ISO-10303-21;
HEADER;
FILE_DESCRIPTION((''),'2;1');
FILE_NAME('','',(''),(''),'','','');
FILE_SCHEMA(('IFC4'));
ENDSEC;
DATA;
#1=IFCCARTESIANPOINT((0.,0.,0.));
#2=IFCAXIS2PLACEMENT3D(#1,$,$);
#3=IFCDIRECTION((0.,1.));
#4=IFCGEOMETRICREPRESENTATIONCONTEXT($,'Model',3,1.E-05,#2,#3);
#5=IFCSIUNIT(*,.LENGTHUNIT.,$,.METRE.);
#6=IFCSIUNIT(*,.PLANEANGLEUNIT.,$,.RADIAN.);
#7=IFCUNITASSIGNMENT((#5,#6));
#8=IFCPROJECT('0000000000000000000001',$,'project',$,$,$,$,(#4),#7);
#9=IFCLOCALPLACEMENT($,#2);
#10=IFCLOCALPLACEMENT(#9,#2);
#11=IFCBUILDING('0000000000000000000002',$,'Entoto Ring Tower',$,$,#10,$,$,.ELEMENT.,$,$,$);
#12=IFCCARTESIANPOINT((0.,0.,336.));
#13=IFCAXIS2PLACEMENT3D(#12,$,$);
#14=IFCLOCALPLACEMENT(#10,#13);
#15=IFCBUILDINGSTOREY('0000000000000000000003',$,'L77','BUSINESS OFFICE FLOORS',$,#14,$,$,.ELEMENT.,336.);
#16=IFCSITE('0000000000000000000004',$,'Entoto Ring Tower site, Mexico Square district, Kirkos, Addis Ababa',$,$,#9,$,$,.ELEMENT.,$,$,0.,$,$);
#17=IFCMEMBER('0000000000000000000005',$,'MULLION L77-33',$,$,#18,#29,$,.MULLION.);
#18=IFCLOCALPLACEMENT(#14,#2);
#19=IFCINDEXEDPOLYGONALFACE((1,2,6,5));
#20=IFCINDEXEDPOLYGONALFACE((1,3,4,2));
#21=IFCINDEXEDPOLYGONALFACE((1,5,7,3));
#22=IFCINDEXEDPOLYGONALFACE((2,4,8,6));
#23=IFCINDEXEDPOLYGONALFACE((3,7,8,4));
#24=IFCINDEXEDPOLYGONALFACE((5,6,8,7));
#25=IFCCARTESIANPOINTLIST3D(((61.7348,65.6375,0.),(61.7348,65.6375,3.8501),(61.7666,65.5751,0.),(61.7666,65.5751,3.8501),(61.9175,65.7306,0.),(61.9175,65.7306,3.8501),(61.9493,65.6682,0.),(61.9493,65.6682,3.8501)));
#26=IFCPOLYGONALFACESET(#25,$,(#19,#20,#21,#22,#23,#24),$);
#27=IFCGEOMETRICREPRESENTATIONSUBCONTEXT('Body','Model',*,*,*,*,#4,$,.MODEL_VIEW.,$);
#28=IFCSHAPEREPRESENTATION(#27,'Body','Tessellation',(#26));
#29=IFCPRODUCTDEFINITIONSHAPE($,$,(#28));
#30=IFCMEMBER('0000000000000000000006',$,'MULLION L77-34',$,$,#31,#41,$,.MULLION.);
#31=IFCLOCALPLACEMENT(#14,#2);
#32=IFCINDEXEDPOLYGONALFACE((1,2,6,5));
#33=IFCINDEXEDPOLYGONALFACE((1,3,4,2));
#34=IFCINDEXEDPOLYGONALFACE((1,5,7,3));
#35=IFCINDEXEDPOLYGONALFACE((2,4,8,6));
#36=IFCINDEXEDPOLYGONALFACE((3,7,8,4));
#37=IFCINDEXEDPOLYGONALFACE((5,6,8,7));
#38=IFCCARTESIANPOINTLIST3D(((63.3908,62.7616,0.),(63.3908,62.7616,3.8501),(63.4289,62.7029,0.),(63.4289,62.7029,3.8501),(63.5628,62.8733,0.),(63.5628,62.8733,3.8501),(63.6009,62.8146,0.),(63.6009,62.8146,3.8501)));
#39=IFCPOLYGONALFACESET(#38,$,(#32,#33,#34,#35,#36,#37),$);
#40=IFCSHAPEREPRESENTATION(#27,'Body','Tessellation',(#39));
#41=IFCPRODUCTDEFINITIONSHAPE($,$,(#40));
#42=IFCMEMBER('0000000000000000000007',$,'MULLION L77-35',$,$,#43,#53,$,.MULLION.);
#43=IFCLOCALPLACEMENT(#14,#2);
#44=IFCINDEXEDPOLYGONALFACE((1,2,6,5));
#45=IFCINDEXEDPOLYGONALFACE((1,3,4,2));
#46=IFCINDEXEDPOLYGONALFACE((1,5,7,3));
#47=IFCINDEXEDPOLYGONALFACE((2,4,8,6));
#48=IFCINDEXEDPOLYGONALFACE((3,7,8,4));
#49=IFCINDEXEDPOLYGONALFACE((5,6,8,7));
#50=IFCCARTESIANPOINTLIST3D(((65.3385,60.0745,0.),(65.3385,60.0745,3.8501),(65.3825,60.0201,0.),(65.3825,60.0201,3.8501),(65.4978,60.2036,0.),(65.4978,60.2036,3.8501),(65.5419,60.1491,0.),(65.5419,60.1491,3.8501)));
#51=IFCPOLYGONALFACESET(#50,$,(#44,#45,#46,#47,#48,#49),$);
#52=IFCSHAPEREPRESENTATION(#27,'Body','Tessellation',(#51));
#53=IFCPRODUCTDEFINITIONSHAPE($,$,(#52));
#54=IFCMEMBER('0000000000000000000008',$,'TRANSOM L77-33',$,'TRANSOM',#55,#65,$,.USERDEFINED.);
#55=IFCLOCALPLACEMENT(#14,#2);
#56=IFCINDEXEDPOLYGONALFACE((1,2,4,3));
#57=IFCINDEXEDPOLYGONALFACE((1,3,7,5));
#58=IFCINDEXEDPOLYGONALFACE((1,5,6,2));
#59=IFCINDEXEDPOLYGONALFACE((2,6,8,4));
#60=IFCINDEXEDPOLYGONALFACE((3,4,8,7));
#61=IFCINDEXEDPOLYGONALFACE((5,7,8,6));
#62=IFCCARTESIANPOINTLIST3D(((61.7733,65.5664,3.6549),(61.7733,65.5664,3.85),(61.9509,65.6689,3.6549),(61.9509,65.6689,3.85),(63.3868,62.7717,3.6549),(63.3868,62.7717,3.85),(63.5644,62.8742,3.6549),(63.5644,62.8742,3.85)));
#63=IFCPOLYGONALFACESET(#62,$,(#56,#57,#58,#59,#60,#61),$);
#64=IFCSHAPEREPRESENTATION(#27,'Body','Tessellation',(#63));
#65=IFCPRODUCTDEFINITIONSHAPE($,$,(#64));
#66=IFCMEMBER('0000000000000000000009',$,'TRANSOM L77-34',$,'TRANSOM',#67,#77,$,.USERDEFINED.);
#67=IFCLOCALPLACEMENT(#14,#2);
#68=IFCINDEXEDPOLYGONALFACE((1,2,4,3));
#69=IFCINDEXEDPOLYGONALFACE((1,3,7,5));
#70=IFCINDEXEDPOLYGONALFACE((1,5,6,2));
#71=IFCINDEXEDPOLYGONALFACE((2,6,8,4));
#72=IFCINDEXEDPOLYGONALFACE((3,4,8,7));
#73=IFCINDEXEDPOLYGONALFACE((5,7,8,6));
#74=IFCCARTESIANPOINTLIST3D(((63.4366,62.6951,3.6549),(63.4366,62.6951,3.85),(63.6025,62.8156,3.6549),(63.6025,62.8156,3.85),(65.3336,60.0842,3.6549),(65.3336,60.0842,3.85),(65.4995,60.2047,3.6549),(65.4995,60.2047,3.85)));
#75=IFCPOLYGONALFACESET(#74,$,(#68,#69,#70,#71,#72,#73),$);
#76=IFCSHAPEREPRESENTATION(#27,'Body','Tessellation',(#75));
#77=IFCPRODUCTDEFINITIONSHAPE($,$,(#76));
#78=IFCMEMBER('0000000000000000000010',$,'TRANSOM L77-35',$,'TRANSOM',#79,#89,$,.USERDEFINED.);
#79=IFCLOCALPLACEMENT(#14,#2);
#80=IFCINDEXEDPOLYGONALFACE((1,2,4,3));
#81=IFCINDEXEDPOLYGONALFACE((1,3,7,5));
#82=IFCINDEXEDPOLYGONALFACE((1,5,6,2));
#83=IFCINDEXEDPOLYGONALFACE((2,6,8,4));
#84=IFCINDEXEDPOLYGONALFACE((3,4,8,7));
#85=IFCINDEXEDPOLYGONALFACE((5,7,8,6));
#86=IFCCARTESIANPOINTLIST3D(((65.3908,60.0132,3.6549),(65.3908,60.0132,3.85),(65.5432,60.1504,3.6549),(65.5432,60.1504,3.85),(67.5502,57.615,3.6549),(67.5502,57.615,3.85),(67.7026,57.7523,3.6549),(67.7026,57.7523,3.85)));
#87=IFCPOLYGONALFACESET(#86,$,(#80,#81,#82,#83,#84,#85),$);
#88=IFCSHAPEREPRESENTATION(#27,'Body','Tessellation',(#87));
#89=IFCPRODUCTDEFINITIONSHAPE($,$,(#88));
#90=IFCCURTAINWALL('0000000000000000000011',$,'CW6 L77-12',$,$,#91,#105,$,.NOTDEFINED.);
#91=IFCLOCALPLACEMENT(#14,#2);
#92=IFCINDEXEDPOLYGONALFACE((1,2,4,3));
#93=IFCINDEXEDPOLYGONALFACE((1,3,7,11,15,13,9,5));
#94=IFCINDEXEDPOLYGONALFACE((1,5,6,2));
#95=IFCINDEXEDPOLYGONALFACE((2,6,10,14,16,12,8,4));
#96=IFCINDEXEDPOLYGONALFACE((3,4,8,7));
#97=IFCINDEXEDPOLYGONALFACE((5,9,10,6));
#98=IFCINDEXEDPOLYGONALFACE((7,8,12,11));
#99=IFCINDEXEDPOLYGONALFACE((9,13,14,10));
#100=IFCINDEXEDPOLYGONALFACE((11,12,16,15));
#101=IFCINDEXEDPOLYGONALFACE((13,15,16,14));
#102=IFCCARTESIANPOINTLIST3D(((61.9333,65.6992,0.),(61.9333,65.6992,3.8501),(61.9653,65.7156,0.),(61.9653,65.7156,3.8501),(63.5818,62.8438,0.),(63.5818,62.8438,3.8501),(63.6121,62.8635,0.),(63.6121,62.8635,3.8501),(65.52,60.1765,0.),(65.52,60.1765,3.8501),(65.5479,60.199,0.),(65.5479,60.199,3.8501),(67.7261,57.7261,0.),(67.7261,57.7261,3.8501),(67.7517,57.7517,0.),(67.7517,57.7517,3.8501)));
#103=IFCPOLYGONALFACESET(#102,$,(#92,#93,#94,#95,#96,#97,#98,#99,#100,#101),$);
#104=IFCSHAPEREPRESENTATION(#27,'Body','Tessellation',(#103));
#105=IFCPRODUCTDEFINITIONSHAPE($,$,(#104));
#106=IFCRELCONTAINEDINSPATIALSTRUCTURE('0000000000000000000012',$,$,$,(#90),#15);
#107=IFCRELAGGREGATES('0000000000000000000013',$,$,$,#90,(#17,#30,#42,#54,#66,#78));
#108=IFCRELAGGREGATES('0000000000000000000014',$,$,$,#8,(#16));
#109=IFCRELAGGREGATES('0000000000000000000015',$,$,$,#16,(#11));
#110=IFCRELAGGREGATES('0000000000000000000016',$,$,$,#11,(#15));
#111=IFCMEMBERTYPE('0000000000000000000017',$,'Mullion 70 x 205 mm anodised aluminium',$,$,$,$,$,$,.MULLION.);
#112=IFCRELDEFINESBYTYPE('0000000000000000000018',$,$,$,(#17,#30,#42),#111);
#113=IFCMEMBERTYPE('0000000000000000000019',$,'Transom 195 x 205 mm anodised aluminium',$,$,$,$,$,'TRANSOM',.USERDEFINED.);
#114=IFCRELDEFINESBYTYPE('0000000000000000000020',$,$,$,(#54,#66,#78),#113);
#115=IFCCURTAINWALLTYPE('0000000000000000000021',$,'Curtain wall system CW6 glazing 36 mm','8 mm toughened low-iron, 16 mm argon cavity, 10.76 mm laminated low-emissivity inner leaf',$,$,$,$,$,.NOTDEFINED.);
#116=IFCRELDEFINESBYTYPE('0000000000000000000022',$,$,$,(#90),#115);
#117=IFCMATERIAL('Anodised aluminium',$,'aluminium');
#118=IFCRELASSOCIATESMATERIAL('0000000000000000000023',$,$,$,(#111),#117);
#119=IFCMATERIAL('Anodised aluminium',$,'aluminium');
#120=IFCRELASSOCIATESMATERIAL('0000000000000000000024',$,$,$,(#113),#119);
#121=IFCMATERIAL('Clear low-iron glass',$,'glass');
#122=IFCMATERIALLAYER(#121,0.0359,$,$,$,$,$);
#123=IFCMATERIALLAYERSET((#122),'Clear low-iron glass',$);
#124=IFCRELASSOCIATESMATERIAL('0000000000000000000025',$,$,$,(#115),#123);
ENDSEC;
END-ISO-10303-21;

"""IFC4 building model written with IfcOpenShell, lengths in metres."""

from ifc_helpers import new_model, si_unit, direction, frame, origin, origin_2d, place, context, subcontext, project, spatial, polyline, rectangle, outline, extrude, material, layer, layer_set, material_profile, profile_set, type_object, element, aggregate, save


model = new_model("IFC4")

# Units and contexts
model_context = context("Model", 3, precision=1e-05, world=origin(), true_north=direction((0.0, 1.0)))
body_context = subcontext(model_context, "Body", "Model", "MODEL_VIEW")
ifc_project = project(units=[si_unit("LENGTHUNIT", "METRE"), si_unit("PLANEANGLEUNIT", "RADIAN")], contexts=[model_context])

# Members
ifc_material_1 = material(Name="Anodised aluminium", Category="aluminium")
ifc_material_profile_1 = material_profile(ifc_material_1, rectangle(XDim=0.0701, YDim=0.2051, at=origin_2d()), Name="Mullion 70 x 205 mm anodised aluminium")
ifc_profile_set_1 = profile_set([ifc_material_profile_1], Name="Anodised aluminium")
member_type_1 = type_object("IfcMemberType", Name="Mullion 70 x 205 mm anodised aluminium", PredefinedType="MULLION", material=ifc_profile_set_1)
site_placement = place(None, origin())
building_placement = place(site_placement, origin())
storey_placement = place(building_placement, frame((0.0, 0.0, 336.0)))
member_1_placement = place(storey_placement, frame((61.842, 65.6528, 0.0), z_axis=(0.0, 0.0, 1.0), x_axis=(0.45399, -0.891007, 0.0)))
member_1 = element("IfcMember", 1, at=member_1_placement, type_object=member_type_1, Name="MULLION L77-33", PredefinedType="MULLION", context=body_context, shape_type="SweptSolid", body=[
    extrude(rectangle(XDim=0.0701, YDim=0.2051, at=origin_2d()), origin(), (0.0, 0.0, 1.0), 3.8501),
])
member_2_placement = place(storey_placement, frame((63.4958, 62.7881, 0.0), z_axis=(0.0, 0.0, 1.0), x_axis=(0.544639, -0.838671, 0.0)))
member_2 = element("IfcMember", 2, at=member_2_placement, type_object=member_type_1, Name="MULLION L77-34", PredefinedType="MULLION", context=body_context, shape_type="SweptSolid", body=[
    extrude(rectangle(XDim=0.0701, YDim=0.2051, at=origin_2d()), origin(), (0.0, 0.0, 1.0), 3.8501),
])
member_3_placement = place(storey_placement, frame((65.4402, 60.1118, 0.0), z_axis=(0.0, 0.0, 1.0), x_axis=(0.62932, -0.777146, 0.0)))
member_3 = element("IfcMember", 3, at=member_3_placement, type_object=member_type_1, Name="MULLION L77-35", PredefinedType="MULLION", context=body_context, shape_type="SweptSolid", body=[
    extrude(rectangle(XDim=0.0701, YDim=0.2051, at=origin_2d()), origin(), (0.0, 0.0, 1.0), 3.8501),
])
ifc_material_2 = material(Name="Anodised aluminium", Category="aluminium")
ifc_material_profile_2 = material_profile(ifc_material_2, rectangle(XDim=0.2051, YDim=0.1951, at=origin_2d()), Name="Transom 195 x 205 mm anodised aluminium")
ifc_profile_set_2 = profile_set([ifc_material_profile_2], Name="Anodised aluminium")
member_type_2 = type_object("IfcMemberType", Name="Transom 195 x 205 mm anodised aluminium", ElementType="TRANSOM", PredefinedType="USERDEFINED", material=ifc_profile_set_2)
member_4_placement = place(storey_placement, frame((61.8621, 65.6177, 3.7524), z_axis=(0.500004, -0.866023, 0.0), x_axis=(0.866023, 0.500004, 0.0)))
member_4 = element("IfcMember", 4, at=member_4_placement, type_object=member_type_2, Name="TRANSOM L77-33", ObjectType="TRANSOM", PredefinedType="USERDEFINED", context=body_context, shape_type="SweptSolid", body=[
    extrude(rectangle(XDim=0.2051, YDim=0.1951, at=origin_2d()), origin(), (0.0, 0.0, 1.0), 3.2271),
])
member_5_placement = place(storey_placement, frame((63.5195, 62.7554, 3.7524), z_axis=(0.587803, -0.809004, 0.0), x_axis=(0.809004, 0.587803, 0.0)))
member_5 = element("IfcMember", 5, at=member_5_placement, type_object=member_type_2, Name="TRANSOM L77-34", ObjectType="TRANSOM", PredefinedType="USERDEFINED", context=body_context, shape_type="SweptSolid", body=[
    extrude(rectangle(XDim=0.2051, YDim=0.1951, at=origin_2d()), origin(), (0.0, 0.0, 1.0), 3.2273),
])
member_6_placement = place(storey_placement, frame((65.467, 60.0818, 3.7524), z_axis=(0.669144, -0.743132, 0.0), x_axis=(0.743132, 0.669144, 0.0)))
member_6 = element("IfcMember", 6, at=member_6_placement, type_object=member_type_2, Name="TRANSOM L77-35", ObjectType="TRANSOM", PredefinedType="USERDEFINED", context=body_context, shape_type="SweptSolid", body=[
    extrude(rectangle(XDim=0.2051, YDim=0.1951, at=origin_2d()), origin(), (0.0, 0.0, 1.0), 3.2271),
])

# Site, building, storey
site = spatial("IfcSite", under=ifc_project, at=site_placement, Name="Entoto Ring Tower site, Mexico Square district, Kirkos, Addis Ababa", CompositionType="ELEMENT", RefElevation=0.0)
building = spatial("IfcBuilding", under=site, at=building_placement, Name="Entoto Ring Tower", CompositionType="ELEMENT")
storey = spatial("IfcBuildingStorey", under=building, at=storey_placement, Name="L77", Description="BUSINESS OFFICE FLOORS", CompositionType="ELEMENT", Elevation=336.0)

# Curtain wall
ifc_material_3 = material(Name="Clear low-iron glass", Category="glass")
ifc_layer = layer(ifc_material_3, 0.0359)
ifc_layer_set = layer_set([ifc_layer], Name="Clear low-iron glass")
curtain_wall_type = type_object("IfcCurtainWallType", Name="Curtain wall system CW6 glazing 36 mm", Description="8 mm toughened low-iron, 16 mm argon cavity, 10.76 mm laminated low-emissivity inner leaf", PredefinedType="NOTDEFINED", material=ifc_layer_set)
curtain_wall_1_placement = place(storey_placement, origin())
curtain_wall_1 = element("IfcCurtainWall", 7, at=curtain_wall_1_placement, inside=storey, type_object=curtain_wall_type, Name="CW6 L77-12", PredefinedType="NOTDEFINED", context=body_context, shape_type="SweptSolid", body=[
    extrude(outline(polyline([(61.9333, 65.6992), (63.5818, 62.8438), (65.52, 60.1765), (67.7261, 57.7261), (67.7517, 57.7517), (65.5479, 60.199), (63.6121, 62.8635), (61.9653, 65.7156), (61.9333, 65.6992)])), origin(), (0.0, 0.0, 1.0), 3.8501),
])
aggregate(curtain_wall_1, [member_1, member_2, member_3, member_4, member_5, member_6])

save(model, "model.ifc")
